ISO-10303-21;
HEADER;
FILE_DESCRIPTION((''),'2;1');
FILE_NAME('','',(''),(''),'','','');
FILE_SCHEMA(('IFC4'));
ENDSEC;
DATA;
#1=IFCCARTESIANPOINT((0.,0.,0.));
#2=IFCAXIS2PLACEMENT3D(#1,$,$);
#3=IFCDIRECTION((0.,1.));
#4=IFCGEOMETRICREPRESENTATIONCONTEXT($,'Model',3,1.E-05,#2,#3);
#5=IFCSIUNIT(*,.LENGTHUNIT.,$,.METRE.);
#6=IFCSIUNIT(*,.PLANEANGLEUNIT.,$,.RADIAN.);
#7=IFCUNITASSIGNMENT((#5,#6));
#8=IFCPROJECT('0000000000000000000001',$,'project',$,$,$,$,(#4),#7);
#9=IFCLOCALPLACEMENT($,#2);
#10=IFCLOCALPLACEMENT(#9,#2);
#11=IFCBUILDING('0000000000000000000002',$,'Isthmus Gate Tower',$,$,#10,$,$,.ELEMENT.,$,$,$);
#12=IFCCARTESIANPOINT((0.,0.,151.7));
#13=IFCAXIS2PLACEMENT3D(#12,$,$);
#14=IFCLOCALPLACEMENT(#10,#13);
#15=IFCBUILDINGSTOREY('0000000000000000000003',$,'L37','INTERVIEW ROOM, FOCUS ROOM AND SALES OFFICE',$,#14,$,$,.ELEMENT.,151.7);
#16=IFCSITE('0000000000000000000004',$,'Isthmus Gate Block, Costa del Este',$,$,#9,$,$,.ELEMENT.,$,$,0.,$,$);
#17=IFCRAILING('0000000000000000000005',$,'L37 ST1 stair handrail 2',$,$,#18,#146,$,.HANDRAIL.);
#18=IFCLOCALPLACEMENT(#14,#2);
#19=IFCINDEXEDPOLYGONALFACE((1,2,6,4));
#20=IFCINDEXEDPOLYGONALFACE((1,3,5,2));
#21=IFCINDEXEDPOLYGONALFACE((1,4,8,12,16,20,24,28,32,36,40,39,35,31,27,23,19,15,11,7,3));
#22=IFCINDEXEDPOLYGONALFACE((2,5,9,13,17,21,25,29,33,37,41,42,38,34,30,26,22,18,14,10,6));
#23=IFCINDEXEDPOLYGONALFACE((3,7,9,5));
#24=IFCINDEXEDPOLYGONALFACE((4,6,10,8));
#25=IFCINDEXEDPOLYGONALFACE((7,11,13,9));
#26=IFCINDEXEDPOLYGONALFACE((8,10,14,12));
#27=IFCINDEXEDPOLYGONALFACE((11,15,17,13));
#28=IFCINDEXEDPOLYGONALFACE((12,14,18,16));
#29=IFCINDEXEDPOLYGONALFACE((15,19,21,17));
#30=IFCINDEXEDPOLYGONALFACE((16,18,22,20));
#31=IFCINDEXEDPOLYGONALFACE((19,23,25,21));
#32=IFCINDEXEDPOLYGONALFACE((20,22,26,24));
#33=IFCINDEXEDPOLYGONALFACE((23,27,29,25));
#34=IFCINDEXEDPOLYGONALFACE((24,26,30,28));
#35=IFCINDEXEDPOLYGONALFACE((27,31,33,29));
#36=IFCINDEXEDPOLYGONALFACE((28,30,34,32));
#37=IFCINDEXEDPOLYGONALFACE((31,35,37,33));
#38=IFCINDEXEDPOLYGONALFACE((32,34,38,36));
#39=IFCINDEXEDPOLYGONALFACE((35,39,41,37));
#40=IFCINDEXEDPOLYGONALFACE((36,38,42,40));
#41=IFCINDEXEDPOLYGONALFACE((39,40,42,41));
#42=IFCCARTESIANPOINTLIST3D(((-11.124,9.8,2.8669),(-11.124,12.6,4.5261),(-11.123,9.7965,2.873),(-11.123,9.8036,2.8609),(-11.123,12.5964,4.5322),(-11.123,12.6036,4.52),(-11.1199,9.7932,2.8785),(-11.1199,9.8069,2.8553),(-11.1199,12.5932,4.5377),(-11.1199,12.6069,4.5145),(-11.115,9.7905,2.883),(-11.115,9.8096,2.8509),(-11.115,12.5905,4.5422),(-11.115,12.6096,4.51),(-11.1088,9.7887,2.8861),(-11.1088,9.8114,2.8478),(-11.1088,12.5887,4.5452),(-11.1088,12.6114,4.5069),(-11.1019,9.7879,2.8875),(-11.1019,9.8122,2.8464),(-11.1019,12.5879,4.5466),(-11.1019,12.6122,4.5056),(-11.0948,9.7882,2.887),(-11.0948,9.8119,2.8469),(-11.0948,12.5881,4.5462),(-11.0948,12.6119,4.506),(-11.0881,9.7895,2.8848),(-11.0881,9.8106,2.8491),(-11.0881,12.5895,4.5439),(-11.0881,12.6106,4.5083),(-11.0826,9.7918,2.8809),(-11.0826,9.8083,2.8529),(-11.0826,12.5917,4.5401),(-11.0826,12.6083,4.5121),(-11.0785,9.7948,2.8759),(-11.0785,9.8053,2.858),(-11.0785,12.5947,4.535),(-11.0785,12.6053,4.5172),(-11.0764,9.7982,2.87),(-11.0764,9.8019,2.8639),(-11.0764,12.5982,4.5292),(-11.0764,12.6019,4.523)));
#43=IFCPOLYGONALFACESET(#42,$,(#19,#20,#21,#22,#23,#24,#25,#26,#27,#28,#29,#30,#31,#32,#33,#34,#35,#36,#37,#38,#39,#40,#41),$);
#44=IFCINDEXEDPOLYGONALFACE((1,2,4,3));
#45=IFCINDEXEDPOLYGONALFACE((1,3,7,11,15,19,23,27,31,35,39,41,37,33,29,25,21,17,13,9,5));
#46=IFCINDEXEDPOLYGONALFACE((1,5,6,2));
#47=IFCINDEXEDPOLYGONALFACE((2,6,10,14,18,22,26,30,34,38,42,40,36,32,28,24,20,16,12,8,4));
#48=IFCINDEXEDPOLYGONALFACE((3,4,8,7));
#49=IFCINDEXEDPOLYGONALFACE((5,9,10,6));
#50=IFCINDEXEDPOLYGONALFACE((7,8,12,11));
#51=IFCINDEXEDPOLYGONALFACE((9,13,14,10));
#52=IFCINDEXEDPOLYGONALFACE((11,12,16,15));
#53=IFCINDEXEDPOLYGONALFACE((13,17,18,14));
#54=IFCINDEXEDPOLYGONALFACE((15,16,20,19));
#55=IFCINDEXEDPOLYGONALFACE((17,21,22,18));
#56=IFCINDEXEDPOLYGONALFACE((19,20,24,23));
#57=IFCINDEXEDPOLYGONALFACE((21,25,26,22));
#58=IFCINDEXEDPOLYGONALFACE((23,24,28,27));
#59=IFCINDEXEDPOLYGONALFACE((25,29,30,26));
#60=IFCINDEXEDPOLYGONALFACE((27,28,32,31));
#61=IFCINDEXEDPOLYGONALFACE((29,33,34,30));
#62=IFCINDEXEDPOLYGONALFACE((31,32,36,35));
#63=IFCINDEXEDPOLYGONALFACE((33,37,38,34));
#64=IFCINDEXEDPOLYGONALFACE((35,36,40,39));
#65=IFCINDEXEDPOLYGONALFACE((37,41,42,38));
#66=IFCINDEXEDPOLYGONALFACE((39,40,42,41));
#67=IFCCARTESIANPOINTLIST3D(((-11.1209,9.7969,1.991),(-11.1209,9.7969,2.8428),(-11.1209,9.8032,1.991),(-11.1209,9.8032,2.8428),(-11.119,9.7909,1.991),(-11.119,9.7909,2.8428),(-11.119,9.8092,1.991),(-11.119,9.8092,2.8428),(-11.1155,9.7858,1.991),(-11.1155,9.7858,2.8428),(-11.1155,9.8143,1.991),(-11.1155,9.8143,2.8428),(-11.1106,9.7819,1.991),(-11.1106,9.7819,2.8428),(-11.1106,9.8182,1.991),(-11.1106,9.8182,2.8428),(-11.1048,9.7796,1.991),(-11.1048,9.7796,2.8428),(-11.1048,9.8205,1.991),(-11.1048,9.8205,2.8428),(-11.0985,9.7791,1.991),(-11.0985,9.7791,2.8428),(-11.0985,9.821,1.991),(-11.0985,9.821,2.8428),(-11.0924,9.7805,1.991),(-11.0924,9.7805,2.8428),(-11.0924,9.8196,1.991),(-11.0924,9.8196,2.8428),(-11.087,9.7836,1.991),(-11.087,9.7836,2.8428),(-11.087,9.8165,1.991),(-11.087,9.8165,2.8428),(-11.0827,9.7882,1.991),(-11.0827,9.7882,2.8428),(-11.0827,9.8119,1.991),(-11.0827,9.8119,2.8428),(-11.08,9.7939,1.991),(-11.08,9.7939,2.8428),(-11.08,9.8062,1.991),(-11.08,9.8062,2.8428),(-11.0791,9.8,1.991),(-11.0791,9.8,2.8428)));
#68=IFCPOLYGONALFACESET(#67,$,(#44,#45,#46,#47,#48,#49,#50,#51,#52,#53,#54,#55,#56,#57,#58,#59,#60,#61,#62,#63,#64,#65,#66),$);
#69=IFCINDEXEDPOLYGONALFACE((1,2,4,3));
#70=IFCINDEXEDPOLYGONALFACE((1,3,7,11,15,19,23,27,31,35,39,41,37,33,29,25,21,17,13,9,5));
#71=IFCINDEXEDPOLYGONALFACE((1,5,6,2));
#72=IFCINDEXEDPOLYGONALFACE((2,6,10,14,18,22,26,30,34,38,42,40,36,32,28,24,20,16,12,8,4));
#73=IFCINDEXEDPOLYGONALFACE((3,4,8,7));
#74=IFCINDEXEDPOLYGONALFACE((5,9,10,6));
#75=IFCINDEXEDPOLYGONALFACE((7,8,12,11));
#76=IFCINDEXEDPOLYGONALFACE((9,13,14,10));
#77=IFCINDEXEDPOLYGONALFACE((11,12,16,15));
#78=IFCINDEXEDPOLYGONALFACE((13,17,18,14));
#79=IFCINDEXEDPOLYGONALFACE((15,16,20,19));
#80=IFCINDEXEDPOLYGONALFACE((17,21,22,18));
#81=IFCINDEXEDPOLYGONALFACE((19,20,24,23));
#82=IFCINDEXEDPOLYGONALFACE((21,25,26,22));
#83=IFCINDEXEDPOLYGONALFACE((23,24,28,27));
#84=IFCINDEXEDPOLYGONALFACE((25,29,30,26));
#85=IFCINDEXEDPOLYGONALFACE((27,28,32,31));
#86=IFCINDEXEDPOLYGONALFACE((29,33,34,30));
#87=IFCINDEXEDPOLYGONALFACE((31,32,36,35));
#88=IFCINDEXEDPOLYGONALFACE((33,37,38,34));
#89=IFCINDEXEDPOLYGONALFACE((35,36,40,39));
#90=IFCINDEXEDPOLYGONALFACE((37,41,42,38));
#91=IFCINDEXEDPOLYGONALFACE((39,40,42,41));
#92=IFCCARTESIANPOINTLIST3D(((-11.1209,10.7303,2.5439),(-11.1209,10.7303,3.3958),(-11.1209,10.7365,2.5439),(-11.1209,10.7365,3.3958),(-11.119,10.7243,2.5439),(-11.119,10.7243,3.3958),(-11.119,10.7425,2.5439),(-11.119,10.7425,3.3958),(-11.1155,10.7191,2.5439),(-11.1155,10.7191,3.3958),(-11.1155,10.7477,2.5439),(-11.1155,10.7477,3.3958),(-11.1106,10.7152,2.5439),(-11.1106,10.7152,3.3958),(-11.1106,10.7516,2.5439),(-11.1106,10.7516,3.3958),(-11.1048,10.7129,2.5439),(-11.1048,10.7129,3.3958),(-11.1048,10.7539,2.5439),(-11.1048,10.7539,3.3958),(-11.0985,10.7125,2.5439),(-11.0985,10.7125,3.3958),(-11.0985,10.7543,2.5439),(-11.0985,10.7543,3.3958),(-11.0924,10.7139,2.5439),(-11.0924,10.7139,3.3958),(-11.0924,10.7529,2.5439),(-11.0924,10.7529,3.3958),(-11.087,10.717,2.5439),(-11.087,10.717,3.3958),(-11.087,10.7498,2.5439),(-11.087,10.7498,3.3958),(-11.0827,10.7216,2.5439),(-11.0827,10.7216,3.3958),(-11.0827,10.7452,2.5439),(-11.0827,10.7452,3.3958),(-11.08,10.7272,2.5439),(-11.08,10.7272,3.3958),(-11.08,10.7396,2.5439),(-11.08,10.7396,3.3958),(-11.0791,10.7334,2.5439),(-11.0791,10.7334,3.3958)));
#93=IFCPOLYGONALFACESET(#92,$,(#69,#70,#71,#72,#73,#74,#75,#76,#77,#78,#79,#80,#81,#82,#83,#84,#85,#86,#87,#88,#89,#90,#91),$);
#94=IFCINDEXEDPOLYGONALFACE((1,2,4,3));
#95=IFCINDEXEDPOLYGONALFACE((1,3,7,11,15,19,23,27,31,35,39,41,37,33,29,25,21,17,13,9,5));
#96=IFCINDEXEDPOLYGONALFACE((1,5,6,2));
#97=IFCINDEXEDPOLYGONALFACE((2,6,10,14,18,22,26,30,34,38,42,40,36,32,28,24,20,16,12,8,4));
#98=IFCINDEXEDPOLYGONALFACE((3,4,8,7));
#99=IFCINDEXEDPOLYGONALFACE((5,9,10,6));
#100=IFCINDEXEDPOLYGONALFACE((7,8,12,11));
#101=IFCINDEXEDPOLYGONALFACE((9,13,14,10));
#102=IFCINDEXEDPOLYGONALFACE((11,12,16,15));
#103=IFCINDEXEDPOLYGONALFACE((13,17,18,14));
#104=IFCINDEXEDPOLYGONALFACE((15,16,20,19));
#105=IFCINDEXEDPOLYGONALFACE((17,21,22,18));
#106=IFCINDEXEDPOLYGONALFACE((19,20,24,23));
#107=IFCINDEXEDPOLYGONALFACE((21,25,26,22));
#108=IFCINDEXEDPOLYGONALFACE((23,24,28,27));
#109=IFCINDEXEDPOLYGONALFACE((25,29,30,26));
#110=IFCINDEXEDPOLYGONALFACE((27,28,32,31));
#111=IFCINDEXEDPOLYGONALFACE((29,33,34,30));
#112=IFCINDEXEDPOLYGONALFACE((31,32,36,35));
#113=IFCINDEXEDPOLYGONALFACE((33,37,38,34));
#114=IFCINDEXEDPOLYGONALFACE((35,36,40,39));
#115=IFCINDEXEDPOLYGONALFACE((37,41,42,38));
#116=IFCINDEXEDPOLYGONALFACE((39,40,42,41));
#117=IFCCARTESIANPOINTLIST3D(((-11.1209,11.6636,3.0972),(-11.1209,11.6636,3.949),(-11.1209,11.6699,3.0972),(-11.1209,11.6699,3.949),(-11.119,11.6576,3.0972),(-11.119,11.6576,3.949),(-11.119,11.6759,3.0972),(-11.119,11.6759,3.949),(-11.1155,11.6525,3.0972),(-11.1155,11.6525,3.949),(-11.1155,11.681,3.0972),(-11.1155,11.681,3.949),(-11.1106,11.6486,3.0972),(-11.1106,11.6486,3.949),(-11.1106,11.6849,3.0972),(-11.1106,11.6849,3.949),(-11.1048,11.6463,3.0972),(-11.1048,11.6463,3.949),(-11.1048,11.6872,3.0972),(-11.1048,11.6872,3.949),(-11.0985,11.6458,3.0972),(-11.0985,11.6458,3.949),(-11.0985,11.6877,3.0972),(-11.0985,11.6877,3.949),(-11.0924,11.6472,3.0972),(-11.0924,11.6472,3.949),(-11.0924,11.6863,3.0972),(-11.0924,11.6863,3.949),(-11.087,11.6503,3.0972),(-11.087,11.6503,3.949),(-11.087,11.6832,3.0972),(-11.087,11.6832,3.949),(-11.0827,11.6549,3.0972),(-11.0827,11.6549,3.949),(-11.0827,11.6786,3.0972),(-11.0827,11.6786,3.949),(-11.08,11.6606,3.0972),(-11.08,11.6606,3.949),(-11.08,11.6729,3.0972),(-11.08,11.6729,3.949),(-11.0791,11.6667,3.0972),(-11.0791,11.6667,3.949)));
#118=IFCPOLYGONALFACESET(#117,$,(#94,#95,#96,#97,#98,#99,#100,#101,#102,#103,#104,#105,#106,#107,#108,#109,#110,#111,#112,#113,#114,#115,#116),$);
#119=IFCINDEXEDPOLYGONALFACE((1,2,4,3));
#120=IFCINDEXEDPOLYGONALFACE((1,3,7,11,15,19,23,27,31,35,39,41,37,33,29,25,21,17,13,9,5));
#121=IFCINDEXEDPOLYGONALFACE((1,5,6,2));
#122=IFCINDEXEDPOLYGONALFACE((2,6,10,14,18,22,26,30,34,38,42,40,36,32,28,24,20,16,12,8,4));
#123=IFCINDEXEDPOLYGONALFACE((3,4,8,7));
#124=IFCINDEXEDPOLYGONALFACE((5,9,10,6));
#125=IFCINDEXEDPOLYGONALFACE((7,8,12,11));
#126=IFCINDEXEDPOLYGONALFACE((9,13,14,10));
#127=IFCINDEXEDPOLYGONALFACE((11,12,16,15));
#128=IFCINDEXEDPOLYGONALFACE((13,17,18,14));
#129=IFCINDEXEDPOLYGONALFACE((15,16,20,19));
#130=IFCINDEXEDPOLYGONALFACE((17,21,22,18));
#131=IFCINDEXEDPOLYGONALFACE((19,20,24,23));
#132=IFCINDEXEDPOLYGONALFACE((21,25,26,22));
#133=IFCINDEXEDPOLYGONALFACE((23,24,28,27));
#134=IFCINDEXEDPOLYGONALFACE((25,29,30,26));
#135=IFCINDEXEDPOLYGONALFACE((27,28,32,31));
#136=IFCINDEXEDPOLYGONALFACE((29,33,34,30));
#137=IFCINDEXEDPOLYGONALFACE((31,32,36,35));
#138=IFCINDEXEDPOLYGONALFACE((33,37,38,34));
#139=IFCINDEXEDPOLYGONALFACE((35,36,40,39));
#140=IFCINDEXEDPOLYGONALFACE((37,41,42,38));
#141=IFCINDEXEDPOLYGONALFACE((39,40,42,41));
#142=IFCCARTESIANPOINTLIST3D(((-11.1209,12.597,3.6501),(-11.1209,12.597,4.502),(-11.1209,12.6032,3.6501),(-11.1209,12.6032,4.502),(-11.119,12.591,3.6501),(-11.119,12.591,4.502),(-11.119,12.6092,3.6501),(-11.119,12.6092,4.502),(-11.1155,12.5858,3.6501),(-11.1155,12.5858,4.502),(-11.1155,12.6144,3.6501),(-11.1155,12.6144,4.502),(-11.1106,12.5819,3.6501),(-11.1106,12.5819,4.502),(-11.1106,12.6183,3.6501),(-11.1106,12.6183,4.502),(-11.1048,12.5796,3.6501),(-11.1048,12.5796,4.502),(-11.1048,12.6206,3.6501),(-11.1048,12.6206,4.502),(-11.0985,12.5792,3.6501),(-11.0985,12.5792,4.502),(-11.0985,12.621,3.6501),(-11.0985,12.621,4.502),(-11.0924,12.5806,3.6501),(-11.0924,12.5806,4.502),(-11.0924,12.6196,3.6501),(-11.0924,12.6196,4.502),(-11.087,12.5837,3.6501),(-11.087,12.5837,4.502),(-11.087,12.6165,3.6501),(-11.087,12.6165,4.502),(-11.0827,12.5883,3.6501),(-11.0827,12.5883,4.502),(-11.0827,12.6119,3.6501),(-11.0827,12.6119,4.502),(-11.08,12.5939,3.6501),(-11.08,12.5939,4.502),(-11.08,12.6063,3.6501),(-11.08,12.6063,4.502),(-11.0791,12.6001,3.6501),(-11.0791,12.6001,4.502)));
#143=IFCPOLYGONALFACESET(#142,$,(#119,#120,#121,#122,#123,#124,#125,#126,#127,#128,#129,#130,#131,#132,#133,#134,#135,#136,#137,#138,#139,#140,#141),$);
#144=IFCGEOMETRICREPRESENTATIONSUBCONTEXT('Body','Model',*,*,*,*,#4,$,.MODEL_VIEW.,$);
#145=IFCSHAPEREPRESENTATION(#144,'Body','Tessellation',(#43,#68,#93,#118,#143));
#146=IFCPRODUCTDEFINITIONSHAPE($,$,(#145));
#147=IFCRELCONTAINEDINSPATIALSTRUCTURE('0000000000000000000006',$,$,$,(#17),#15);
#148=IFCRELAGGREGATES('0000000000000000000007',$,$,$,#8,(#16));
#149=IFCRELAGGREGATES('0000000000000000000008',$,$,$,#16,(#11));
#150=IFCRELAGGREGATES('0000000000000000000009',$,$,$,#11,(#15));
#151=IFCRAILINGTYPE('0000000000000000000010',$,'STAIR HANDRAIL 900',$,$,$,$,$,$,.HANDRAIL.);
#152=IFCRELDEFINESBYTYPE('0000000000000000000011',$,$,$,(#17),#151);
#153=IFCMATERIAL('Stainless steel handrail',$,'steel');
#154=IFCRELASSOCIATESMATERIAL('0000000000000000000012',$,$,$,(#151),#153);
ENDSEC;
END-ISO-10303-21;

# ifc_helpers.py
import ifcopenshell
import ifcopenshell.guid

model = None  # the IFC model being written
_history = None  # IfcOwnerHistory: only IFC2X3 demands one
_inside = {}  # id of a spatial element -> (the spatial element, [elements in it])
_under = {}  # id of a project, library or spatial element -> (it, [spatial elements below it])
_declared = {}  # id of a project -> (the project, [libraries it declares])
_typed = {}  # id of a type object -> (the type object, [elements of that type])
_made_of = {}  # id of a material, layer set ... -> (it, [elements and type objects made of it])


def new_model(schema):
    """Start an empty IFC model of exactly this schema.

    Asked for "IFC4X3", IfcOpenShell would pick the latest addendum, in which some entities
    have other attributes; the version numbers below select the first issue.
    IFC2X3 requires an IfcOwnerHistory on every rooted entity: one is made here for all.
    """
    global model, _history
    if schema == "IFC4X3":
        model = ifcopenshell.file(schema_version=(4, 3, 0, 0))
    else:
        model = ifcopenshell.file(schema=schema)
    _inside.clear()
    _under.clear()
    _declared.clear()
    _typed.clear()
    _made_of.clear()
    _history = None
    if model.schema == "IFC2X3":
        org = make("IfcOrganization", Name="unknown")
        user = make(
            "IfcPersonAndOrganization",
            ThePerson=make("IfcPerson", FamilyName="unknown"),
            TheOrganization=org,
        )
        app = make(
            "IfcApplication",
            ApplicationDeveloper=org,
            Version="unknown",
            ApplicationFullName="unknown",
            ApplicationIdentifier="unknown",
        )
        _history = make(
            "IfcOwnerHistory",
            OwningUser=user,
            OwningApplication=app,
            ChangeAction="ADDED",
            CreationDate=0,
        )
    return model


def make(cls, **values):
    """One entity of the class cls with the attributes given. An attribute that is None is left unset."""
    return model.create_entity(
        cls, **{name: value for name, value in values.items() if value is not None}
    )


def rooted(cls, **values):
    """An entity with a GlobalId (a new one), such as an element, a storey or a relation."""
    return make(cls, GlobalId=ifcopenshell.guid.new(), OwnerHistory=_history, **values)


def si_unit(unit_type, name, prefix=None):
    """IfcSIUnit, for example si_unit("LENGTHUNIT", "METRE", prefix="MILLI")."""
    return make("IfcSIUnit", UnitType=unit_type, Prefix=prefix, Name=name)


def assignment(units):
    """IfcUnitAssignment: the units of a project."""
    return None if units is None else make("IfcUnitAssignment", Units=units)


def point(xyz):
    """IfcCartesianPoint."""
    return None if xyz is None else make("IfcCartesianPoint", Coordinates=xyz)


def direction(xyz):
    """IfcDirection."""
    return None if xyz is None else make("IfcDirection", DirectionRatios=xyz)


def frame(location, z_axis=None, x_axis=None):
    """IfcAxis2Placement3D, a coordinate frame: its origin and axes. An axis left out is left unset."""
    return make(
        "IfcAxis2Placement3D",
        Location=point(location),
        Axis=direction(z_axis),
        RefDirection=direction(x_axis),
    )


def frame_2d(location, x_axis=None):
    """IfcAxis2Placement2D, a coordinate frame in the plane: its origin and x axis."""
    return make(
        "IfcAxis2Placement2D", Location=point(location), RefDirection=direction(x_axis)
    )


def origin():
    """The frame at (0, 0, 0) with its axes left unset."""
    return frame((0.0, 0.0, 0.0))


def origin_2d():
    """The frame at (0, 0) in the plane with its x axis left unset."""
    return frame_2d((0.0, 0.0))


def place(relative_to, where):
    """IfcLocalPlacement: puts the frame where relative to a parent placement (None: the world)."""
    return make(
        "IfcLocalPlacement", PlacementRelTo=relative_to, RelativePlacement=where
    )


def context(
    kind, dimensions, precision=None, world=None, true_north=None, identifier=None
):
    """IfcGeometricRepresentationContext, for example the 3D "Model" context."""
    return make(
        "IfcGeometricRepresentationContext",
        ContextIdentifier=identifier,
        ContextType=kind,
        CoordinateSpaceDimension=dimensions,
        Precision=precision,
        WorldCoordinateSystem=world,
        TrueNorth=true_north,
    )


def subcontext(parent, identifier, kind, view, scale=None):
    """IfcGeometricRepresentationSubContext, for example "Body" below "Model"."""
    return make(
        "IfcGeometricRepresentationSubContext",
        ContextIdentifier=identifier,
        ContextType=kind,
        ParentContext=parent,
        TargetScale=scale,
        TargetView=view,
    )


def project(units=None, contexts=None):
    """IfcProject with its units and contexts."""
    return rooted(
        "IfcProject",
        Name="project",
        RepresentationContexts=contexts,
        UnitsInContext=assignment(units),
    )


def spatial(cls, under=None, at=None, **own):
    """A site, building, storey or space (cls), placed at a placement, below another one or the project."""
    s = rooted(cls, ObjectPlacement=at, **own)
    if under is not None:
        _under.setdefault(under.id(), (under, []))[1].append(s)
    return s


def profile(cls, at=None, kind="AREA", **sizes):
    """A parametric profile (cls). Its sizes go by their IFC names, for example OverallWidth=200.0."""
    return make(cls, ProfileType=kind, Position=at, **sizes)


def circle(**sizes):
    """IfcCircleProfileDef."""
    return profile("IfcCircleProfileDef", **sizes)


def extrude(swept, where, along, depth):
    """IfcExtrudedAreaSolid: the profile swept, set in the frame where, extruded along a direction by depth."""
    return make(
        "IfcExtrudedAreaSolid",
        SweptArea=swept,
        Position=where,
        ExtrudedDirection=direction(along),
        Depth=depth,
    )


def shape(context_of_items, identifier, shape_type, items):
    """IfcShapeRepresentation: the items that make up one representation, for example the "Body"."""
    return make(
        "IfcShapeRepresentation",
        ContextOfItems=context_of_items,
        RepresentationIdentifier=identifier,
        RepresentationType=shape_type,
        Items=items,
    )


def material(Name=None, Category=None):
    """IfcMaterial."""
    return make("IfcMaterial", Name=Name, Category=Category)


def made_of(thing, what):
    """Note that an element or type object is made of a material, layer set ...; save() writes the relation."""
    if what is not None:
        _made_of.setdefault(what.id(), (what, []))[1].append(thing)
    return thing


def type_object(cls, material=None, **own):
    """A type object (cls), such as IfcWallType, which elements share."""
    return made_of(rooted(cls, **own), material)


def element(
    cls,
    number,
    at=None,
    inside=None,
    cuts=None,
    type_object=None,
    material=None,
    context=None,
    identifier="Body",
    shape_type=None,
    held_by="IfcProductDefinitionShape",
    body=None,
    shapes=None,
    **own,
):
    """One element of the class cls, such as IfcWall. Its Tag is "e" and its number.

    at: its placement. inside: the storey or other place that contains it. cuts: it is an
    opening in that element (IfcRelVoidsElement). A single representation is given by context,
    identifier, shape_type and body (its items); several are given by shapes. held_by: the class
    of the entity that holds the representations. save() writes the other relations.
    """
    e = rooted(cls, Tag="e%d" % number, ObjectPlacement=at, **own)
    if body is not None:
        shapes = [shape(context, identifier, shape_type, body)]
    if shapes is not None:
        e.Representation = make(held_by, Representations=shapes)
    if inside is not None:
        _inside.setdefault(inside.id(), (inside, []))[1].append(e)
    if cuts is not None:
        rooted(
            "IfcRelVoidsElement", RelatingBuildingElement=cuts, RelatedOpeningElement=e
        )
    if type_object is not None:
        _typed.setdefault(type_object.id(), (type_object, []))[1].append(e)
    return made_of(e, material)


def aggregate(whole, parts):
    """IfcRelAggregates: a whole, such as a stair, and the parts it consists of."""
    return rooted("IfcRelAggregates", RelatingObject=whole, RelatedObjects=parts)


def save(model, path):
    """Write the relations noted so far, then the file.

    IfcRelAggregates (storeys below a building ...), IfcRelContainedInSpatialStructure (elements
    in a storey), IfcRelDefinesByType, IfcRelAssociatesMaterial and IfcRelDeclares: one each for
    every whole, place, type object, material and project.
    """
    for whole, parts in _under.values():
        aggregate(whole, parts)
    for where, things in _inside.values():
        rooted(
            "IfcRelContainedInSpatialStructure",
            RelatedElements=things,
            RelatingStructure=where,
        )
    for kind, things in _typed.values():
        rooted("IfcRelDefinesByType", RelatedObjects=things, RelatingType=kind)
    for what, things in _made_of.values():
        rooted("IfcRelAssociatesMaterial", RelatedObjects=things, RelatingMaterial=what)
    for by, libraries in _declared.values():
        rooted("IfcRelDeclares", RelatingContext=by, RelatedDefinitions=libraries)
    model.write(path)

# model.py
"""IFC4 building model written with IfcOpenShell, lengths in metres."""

from ifc_helpers import new_model, si_unit, direction, frame, origin, origin_2d, place, context, subcontext, project, spatial, circle, extrude, material, type_object, element, save


model = new_model("IFC4")

# Units and contexts
model_context = context("Model", 3, precision=1e-05, world=origin(), true_north=direction((0.0, 1.0)))
body_context = subcontext(model_context, "Body", "Model", "MODEL_VIEW")
ifc_project = project(units=[si_unit("LENGTHUNIT", "METRE"), si_unit("PLANEANGLEUNIT", "RADIAN")], contexts=[model_context])

# Site, building, storey
site_placement = place(None, origin())
site = spatial("IfcSite", under=ifc_project, at=site_placement, Name="Isthmus Gate Block, Costa del Este", CompositionType="ELEMENT", RefElevation=0.0)
building_placement = place(site_placement, origin())
building = spatial("IfcBuilding", under=site, at=building_placement, Name="Isthmus Gate Tower", CompositionType="ELEMENT")
storey_placement = place(building_placement, frame((0.0, 0.0, 151.7)))
storey = spatial("IfcBuildingStorey", under=building, at=storey_placement, Name="L37", Description="INTERVIEW ROOM, FOCUS ROOM AND SALES OFFICE", CompositionType="ELEMENT", Elevation=151.7)

# Railing
ifc_material_1 = material(Name="Stainless steel handrail", Category="steel")
railing_type_1 = type_object("IfcRailingType", Name="STAIR HANDRAIL 900", PredefinedType="HANDRAIL", material=ifc_material_1)
railing_1_placement = place(storey_placement, frame((-11.1001, 9.8, 1.991)))
element("IfcRailing", 1, at=railing_1_placement, inside=storey, type_object=railing_type_1, Name="L37 ST1 stair handrail 2", PredefinedType="HANDRAIL", context=body_context, shape_type="SweptSolid", body=[
    extrude(circle(Radius=0.0239, at=origin_2d()), frame((0.0, 0.0, 0.876), z_axis=(0.0, 0.860306, 0.509778), x_axis=(-1.0, 0.0, 0.0)), (0.0, 0.0, 1.0), 3.2546),
    extrude(circle(Radius=0.021, at=origin_2d()), origin(), (0.0, 0.0, 1.0), 0.8518),
    extrude(circle(Radius=0.021, at=origin_2d()), frame((0.0, 0.9333, 0.553)), (0.0, 0.0, 1.0), 0.8518),
    extrude(circle(Radius=0.021, at=origin_2d()), frame((0.0, 1.8667, 1.1062)), (0.0, 0.0, 1.0), 0.8518),
    extrude(circle(Radius=0.021, at=origin_2d()), frame((0.0, 2.8, 1.6592)), (0.0, 0.0, 1.0), 0.8518),
])

save(model, "model.ifc")
